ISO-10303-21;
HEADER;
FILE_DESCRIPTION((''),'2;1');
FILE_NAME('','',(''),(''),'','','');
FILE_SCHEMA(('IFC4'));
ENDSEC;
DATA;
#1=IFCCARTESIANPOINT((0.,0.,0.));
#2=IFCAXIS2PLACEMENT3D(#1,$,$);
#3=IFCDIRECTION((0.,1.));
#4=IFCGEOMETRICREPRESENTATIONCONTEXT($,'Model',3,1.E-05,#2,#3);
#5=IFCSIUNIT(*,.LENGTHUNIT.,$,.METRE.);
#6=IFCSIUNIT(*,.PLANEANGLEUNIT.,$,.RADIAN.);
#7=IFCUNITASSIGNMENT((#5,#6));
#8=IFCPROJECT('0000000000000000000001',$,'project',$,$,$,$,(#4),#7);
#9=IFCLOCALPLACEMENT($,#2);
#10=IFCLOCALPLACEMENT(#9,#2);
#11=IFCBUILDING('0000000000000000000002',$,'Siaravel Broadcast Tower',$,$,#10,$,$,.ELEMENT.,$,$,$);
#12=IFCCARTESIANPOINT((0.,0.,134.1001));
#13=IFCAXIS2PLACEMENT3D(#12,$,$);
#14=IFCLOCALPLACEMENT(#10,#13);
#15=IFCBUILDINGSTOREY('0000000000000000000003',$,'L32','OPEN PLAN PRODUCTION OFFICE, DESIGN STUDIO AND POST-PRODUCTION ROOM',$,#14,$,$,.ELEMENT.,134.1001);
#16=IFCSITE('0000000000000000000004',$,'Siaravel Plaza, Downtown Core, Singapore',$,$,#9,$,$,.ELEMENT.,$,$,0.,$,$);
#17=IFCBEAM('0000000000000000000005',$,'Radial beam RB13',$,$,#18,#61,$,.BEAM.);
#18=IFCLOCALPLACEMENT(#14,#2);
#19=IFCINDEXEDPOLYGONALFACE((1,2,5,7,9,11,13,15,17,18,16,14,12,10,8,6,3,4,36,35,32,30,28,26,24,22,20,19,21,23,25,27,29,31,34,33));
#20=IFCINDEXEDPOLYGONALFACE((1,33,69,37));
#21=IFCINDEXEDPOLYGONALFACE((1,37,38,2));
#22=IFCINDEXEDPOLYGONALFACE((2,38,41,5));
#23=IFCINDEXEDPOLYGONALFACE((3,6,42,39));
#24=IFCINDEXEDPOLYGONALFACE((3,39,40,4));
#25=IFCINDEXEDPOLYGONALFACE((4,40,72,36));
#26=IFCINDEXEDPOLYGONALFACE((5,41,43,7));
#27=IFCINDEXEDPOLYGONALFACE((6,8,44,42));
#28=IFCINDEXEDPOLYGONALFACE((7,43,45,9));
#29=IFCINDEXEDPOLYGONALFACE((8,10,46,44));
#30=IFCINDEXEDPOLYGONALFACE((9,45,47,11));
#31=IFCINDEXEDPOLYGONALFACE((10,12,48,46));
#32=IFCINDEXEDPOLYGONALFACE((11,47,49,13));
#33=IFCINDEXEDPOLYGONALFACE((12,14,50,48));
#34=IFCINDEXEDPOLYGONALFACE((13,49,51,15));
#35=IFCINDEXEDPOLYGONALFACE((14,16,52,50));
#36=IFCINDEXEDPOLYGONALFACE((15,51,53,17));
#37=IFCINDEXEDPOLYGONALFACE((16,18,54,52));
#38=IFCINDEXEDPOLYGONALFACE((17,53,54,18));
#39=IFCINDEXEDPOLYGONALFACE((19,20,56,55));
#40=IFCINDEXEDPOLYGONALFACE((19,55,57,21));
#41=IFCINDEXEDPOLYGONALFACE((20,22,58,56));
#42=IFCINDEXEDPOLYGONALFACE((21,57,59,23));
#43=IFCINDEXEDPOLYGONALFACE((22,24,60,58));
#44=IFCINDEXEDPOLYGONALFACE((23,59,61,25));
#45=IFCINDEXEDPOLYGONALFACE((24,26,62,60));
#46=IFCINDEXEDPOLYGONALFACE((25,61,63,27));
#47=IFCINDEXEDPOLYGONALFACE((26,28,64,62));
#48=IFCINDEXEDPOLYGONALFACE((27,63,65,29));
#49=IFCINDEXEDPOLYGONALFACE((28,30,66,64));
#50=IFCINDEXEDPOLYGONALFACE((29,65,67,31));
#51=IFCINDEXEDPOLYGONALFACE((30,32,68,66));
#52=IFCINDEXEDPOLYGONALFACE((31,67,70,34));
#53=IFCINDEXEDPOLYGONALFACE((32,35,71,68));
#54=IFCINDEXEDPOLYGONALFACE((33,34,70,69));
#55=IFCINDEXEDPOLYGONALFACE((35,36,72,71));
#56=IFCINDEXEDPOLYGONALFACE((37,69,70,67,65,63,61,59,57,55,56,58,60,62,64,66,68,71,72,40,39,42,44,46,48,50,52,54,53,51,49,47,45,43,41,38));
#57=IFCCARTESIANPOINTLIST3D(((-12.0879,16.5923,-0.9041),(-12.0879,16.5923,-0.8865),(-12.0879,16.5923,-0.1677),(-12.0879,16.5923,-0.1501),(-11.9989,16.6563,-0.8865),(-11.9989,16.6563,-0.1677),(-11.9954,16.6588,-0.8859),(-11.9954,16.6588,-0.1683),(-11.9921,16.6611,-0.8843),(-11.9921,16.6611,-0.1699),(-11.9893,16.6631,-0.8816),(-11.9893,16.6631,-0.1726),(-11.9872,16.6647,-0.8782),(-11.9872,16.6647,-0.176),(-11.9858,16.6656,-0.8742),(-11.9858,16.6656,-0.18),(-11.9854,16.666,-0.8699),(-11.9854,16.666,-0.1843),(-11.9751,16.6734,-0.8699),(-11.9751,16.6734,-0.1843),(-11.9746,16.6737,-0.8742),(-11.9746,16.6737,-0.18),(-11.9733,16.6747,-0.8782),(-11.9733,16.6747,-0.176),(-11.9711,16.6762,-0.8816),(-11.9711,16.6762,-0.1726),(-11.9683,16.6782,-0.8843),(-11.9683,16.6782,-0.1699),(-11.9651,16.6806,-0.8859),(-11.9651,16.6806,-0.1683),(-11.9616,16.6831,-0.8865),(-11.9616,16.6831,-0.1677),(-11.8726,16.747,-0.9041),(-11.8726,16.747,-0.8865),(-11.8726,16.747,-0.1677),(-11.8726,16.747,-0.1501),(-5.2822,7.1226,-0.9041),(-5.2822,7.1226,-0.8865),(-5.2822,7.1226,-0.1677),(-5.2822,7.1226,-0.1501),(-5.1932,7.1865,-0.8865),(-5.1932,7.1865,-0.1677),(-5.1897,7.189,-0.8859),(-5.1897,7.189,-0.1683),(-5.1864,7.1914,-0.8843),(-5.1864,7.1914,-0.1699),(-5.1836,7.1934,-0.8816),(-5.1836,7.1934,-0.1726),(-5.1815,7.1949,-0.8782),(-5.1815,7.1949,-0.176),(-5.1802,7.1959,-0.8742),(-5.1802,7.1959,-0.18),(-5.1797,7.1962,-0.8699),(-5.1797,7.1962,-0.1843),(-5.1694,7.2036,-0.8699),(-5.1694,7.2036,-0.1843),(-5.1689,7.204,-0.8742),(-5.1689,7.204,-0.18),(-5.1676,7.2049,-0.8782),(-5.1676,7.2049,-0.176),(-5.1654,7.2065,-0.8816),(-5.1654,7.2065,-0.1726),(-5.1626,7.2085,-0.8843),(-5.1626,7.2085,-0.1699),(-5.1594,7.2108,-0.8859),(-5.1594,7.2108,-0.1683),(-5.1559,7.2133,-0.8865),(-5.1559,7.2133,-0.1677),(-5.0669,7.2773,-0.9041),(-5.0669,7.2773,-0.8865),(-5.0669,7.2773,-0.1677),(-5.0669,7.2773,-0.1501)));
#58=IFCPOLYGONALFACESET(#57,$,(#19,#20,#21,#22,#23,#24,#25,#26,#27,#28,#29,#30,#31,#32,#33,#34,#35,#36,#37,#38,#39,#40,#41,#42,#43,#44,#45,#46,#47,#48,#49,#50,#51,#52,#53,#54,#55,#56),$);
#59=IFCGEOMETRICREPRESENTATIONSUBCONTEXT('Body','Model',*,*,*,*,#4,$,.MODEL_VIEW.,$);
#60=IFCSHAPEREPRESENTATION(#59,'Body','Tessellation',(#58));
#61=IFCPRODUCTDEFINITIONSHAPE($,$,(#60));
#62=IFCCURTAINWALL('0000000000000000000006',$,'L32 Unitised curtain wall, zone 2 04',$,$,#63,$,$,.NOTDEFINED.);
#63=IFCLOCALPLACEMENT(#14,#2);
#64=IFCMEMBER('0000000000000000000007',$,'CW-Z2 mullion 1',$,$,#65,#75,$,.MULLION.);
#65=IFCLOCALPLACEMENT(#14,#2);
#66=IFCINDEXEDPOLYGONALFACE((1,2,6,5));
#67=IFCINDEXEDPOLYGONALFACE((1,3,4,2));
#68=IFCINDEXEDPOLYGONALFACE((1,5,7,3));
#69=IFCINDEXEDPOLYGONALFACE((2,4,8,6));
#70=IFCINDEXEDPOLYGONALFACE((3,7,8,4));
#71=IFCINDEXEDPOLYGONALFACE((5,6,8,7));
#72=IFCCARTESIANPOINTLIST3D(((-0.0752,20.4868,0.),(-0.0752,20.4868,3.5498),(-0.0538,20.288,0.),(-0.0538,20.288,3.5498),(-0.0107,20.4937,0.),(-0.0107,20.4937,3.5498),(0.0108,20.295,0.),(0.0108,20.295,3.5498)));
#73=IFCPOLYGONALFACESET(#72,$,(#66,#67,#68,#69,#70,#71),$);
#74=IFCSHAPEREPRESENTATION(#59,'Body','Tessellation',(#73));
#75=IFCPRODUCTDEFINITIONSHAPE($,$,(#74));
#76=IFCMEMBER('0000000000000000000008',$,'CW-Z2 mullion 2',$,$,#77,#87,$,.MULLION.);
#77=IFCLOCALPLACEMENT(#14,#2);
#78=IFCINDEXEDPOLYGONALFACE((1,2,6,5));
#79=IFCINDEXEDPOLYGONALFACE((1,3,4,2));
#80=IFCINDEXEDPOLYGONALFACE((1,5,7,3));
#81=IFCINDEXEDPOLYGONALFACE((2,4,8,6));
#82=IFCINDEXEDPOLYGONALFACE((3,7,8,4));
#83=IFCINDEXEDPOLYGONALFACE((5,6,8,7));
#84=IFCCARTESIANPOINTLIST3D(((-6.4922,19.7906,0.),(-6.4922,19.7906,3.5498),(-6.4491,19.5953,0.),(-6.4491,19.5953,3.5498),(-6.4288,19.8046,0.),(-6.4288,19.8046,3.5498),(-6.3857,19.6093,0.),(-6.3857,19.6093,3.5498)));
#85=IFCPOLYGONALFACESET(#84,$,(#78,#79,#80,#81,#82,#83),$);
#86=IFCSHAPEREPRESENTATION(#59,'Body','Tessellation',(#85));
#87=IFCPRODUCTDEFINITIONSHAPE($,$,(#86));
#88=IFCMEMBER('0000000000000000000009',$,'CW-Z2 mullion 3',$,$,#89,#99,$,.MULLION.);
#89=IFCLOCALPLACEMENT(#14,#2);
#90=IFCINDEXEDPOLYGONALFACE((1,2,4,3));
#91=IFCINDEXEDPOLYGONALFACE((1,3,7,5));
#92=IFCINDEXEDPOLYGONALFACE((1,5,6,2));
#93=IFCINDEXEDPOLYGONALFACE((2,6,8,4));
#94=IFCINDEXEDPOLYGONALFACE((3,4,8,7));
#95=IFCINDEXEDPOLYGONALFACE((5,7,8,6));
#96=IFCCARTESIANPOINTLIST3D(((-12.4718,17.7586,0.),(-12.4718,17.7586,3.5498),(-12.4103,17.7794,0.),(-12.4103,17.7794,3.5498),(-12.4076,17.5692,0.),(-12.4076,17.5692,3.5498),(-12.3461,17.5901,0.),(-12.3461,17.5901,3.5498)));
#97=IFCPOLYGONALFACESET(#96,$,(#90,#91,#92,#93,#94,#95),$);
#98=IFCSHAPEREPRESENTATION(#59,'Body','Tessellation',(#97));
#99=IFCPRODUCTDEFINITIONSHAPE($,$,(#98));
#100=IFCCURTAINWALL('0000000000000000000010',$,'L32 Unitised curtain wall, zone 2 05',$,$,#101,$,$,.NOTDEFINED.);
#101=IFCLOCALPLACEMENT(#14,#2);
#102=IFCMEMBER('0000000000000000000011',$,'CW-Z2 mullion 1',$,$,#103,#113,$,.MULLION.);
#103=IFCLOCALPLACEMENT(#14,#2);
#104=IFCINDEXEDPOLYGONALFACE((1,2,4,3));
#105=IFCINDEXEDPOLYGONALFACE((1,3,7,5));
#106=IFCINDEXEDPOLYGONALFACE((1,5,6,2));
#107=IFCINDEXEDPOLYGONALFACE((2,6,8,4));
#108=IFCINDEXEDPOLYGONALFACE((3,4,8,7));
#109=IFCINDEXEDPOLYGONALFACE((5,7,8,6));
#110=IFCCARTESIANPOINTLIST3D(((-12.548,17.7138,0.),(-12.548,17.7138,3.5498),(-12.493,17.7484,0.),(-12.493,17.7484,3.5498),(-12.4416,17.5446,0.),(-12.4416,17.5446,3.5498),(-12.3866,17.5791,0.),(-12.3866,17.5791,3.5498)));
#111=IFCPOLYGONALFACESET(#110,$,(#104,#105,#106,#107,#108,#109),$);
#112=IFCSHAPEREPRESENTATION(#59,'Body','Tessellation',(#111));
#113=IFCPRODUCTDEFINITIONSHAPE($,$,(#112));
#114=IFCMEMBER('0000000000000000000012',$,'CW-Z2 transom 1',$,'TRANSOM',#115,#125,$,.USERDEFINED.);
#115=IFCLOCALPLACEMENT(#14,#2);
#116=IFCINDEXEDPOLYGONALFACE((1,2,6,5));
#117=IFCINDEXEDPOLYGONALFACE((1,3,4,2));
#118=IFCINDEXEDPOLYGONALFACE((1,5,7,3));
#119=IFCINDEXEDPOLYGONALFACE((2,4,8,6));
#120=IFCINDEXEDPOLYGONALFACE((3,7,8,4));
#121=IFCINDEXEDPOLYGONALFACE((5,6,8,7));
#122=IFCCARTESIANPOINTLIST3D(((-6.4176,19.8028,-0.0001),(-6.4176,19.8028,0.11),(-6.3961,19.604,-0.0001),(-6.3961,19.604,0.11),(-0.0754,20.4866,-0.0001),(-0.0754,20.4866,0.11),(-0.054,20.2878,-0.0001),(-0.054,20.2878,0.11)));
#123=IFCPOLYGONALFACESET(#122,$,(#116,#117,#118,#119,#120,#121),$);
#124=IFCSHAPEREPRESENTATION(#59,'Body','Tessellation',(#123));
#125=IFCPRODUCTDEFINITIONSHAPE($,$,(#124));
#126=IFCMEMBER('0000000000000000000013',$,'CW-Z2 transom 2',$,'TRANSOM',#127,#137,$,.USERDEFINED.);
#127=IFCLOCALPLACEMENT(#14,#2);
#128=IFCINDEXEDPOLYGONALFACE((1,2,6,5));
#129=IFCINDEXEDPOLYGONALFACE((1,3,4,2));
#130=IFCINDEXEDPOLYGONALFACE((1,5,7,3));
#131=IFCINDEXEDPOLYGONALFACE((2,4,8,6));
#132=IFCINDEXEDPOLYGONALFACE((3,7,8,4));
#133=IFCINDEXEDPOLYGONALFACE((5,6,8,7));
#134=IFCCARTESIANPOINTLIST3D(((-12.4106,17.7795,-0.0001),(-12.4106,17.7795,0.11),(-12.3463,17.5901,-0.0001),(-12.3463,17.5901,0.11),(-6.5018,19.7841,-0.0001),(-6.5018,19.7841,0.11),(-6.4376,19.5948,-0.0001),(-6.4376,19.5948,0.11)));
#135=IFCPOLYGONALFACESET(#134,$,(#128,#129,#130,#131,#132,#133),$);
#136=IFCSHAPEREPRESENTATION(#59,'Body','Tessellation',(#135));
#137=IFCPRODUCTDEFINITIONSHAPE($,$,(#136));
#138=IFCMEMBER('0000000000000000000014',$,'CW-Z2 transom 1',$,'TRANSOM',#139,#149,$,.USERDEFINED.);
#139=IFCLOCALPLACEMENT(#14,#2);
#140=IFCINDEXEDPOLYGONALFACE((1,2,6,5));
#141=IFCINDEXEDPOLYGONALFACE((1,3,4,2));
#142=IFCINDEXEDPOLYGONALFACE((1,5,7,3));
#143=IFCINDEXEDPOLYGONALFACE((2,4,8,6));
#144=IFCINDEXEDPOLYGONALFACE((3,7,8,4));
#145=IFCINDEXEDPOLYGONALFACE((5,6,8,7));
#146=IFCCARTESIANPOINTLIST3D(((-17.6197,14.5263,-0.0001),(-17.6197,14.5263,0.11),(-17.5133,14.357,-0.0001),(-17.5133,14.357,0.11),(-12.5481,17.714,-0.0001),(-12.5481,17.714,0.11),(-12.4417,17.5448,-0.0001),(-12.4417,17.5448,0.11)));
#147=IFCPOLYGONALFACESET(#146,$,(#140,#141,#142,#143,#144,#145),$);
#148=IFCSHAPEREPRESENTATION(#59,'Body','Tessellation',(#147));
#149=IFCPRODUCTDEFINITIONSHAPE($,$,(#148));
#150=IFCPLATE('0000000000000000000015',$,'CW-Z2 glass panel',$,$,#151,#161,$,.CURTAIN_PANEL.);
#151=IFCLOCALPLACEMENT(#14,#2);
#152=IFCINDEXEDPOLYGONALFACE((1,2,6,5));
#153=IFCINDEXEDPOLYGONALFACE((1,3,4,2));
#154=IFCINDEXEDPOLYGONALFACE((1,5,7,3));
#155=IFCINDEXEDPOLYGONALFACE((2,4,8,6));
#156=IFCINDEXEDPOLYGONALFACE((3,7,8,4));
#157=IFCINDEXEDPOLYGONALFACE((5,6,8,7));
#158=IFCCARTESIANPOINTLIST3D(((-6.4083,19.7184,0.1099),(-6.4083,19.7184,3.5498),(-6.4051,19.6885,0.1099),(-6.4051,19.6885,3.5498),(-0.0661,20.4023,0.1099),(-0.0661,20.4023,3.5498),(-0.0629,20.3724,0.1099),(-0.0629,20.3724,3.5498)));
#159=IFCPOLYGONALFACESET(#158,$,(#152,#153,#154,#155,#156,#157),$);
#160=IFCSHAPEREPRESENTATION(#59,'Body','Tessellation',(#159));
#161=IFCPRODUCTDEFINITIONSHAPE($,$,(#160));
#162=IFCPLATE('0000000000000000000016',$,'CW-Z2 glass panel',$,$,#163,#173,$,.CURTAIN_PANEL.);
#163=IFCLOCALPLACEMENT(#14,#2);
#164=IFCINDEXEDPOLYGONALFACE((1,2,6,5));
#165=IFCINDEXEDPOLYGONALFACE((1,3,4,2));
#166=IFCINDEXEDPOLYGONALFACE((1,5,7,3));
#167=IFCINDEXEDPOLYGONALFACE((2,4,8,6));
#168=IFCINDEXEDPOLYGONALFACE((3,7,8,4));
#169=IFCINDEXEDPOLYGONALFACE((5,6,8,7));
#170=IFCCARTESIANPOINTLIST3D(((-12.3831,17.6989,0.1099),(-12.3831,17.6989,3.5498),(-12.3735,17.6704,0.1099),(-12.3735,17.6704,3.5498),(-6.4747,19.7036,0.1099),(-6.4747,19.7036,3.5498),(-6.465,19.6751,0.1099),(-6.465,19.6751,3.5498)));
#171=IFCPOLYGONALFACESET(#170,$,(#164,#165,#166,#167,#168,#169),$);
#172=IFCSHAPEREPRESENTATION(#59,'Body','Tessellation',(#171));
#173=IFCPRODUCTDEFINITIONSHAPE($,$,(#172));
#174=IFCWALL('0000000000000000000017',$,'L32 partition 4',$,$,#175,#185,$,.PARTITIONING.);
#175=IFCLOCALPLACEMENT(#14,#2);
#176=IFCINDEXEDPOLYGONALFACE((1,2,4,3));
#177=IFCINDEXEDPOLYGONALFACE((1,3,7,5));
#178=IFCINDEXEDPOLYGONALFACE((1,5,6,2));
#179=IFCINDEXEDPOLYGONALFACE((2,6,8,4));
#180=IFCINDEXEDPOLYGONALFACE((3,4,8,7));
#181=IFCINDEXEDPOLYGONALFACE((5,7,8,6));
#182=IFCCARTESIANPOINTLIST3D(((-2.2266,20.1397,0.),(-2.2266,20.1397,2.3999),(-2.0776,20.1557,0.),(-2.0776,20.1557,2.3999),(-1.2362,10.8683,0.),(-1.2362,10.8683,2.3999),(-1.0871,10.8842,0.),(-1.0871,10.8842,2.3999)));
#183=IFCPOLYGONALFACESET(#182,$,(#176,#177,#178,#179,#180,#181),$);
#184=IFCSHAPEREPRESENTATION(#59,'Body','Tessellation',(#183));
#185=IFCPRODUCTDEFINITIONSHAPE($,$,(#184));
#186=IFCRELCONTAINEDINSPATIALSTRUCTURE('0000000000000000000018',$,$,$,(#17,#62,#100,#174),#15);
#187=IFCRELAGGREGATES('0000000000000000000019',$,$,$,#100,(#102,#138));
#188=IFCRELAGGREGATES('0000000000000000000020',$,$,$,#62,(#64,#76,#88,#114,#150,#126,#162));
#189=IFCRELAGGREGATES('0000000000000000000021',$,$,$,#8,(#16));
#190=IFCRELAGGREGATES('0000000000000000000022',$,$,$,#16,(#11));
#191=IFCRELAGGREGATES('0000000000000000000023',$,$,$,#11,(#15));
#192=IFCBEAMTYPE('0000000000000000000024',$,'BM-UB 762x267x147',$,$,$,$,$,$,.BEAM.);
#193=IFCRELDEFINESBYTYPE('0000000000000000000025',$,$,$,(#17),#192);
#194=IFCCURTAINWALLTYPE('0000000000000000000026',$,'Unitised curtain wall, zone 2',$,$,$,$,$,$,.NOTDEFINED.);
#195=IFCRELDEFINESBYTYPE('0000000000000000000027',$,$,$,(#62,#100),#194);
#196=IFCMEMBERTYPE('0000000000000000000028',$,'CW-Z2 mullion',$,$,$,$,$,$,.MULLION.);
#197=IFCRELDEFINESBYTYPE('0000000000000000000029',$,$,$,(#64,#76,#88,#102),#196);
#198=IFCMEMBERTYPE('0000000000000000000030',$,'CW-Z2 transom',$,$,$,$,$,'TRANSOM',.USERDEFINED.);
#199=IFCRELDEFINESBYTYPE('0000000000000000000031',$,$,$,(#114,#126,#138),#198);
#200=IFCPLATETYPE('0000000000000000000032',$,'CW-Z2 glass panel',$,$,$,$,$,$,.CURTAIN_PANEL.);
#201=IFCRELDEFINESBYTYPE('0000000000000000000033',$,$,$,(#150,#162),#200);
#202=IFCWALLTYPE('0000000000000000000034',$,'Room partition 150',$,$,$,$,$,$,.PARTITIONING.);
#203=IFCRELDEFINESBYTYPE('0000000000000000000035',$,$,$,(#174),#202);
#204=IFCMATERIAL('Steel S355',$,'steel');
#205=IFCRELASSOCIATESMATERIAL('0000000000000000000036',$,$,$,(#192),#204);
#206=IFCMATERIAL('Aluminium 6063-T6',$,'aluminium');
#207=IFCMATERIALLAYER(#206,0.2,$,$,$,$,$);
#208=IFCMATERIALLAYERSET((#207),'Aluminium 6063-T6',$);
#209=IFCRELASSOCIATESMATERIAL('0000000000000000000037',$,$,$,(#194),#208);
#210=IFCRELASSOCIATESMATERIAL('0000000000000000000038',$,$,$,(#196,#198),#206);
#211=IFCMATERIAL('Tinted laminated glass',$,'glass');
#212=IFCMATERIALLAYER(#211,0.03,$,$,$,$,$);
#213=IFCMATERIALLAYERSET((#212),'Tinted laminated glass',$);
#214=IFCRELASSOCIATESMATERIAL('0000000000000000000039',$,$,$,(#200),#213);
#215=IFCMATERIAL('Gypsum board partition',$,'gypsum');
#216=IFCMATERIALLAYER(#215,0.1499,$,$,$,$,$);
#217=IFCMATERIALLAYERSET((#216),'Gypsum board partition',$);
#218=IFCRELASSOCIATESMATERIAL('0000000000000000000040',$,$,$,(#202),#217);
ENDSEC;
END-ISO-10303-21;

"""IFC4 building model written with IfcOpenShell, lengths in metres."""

from ifc_helpers import new_model, si_unit, direction, frame, frame_2d, origin, origin_2d, place, context, subcontext, project, spatial, rectangle, i_section, extrude, material, layer, layer_set, material_profile, profile_set, type_object, element, aggregate, save


model = new_model("IFC4")

# Units and contexts
model_context = context("Model", 3, precision=1e-05, world=origin(), true_north=direction((0.0, 1.0)))
body_context = subcontext(model_context, "Body", "Model", "MODEL_VIEW")
ifc_project = project(units=[si_unit("LENGTHUNIT", "METRE"), si_unit("PLANEANGLEUNIT", "RADIAN")], contexts=[model_context])

# Site, building, storey
site_placement = place(None, origin())
site = spatial("IfcSite", under=ifc_project, at=site_placement, Name="Siaravel Plaza, Downtown Core, Singapore", CompositionType="ELEMENT", RefElevation=0.0)
building_placement = place(site_placement, origin())
building = spatial("IfcBuilding", under=site, at=building_placement, Name="Siaravel Broadcast Tower", CompositionType="ELEMENT")
storey_placement = place(building_placement, frame((0.0, 0.0, 134.1001)))
storey = spatial("IfcBuildingStorey", under=building, at=storey_placement, Name="L32", Description="OPEN PLAN PRODUCTION OFFICE, DESIGN STUDIO AND POST-PRODUCTION ROOM", CompositionType="ELEMENT", Elevation=134.1001)

# Beam
ifc_material_1 = material(Name="Steel S355", Category="steel")
ifc_material_profile_1 = material_profile(ifc_material_1, i_section(OverallWidth=0.2651, OverallDepth=0.7539, WebThickness=0.0127, FlangeThickness=0.0176, FilletRadius=0.0166, at=origin_2d()))
ifc_profile_set_1 = profile_set([ifc_material_profile_1], Name="Steel S355")
beam_type = type_object("IfcBeamType", Name="BM-UB 762x267x147", PredefinedType="BEAM", material=ifc_profile_set_1)
beam_1_placement = place(storey_placement, frame((-11.9802, 16.6697, -0.5271), z_axis=(0.583596, -0.812044, 0.0), x_axis=(0.812044, 0.583596, 0.0)))
element("IfcBeam", 1, at=beam_1_placement, inside=storey, type_object=beam_type, Name="Radial beam RB13", PredefinedType="BEAM", context=body_context, shape_type="SweptSolid", body=[
    extrude(i_section(OverallWidth=0.2651, OverallDepth=0.7539, WebThickness=0.0127, FlangeThickness=0.0176, FilletRadius=0.0166, at=origin_2d()), origin(), (0.0, 0.0, 1.0), 11.6616),
])

# Curtain wall, members
ifc_material_2 = material(Name="Aluminium 6063-T6", Category="aluminium")
ifc_layer_1 = layer(ifc_material_2, 0.2)
ifc_layer_set_1 = layer_set([ifc_layer_1], Name="Aluminium 6063-T6")
curtain_wall_type = type_object("IfcCurtainWallType", Name="Unitised curtain wall, zone 2", PredefinedType="NOTDEFINED", material=ifc_layer_set_1)
curtain_wall_1_placement = place(storey_placement, origin())
curtain_wall_1 = element("IfcCurtainWall", 2, at=curtain_wall_1_placement, inside=storey, type_object=curtain_wall_type, Name="L32 Unitised curtain wall, zone 2 04", PredefinedType="NOTDEFINED")
ifc_material_profile_2 = material_profile(ifc_material_2, rectangle(XDim=0.2, YDim=0.0649, at=origin_2d()))
ifc_profile_set_2 = profile_set([ifc_material_profile_2], Name="Aluminium 6063-T6")
member_type_1 = type_object("IfcMemberType", Name="CW-Z2 mullion", PredefinedType="MULLION", material=ifc_profile_set_2)
member_1_placement = place(storey_placement, frame((-0.0322, 20.3909, 0.0), z_axis=(0.0, 0.0, 1.0), x_axis=(0.107218, -0.994236, 0.0)))
member_1 = element("IfcMember", 3, at=member_1_placement, type_object=member_type_1, Name="CW-Z2 mullion 1", PredefinedType="MULLION", context=body_context, shape_type="SweptSolid", body=[
    extrude(rectangle(XDim=0.2, YDim=0.0649, at=origin_2d()), origin(), (0.0, 0.0, 1.0), 3.5498),
])
member_2_placement = place(storey_placement, frame((-6.439, 19.7, 0.0), z_axis=(0.0, 0.0, 1.0), x_axis=(0.215559, -0.976491, 0.0)))
member_2 = element("IfcMember", 4, at=member_2_placement, type_object=member_type_1, Name="CW-Z2 mullion 2", PredefinedType="MULLION", context=body_context, shape_type="SweptSolid", body=[
    extrude(rectangle(XDim=0.2, YDim=0.0649, at=origin_2d()), origin(), (0.0, 0.0, 1.0), 3.5498),
])
member_3_placement = place(storey_placement, frame((-12.4089, 17.6743, 0.0), z_axis=(0.0, 0.0, 1.0), x_axis=(0.321302, -0.946977, 0.0)))
member_3 = element("IfcMember", 5, at=member_3_placement, type_object=member_type_1, Name="CW-Z2 mullion 3", PredefinedType="MULLION", context=body_context, shape_type="SweptSolid", body=[
    extrude(rectangle(XDim=0.2, YDim=0.0649, at=origin_2d()), origin(), (0.0, 0.0, 1.0), 3.5498),
])

# Curtain wall, member
curtain_wall_2_placement = place(storey_placement, origin())
curtain_wall_2 = element("IfcCurtainWall", 6, at=curtain_wall_2_placement, inside=storey, type_object=curtain_wall_type, Name="L32 Unitised curtain wall, zone 2 05", PredefinedType="NOTDEFINED")
member_4_placement = place(storey_placement, frame((-12.4673, 17.6465, 0.0), z_axis=(0.0, 0.0, 1.0), x_axis=(0.532151, -0.846649, 0.0)))
member_4 = element("IfcMember", 7, at=member_4_placement, type_object=member_type_1, Name="CW-Z2 mullion 1", PredefinedType="MULLION", context=body_context, shape_type="SweptSolid", body=[
    extrude(rectangle(XDim=0.2, YDim=0.0649, at=origin_2d()), origin(), (0.0, 0.0, 1.0), 3.5498),
])

# Members
ifc_material_profile_3 = material_profile(ifc_material_2, rectangle(XDim=0.2, YDim=0.1101, at=origin_2d()))
ifc_profile_set_3 = profile_set([ifc_material_profile_3], Name="Aluminium 6063-T6")
member_type_2 = type_object("IfcMemberType", Name="CW-Z2 transom", ElementType="TRANSOM", PredefinedType="USERDEFINED", material=ifc_profile_set_3)
member_5_placement = place(storey_placement, frame((-0.0647, 20.3872, 0.0549), z_axis=(-0.994237, -0.107205, 0.0), x_axis=(0.107205, -0.994237, 0.0)))
member_5 = element("IfcMember", 8, at=member_5_placement, type_object=member_type_2, Name="CW-Z2 transom 1", ObjectType="TRANSOM", PredefinedType="USERDEFINED", context=body_context, shape_type="SweptSolid", body=[
    extrude(rectangle(XDim=0.2, YDim=0.1101, at=origin_2d()), origin(), (0.0, 0.0, 1.0), 6.3789),
])
member_6_placement = place(storey_placement, frame((-6.4697, 19.6895, 0.0549), z_axis=(-0.946983, -0.321283, 0.0), x_axis=(0.321283, -0.946983, 0.0)))
member_6 = element("IfcMember", 9, at=member_6_placement, type_object=member_type_2, Name="CW-Z2 transom 2", ObjectType="TRANSOM", PredefinedType="USERDEFINED", context=body_context, shape_type="SweptSolid", body=[
    extrude(rectangle(XDim=0.2, YDim=0.1101, at=origin_2d()), origin(), (0.0, 0.0, 1.0), 6.2395),
])
member_7_placement = place(storey_placement, frame((-12.4949, 17.6294, 0.0549), z_axis=(-0.846642, -0.532162, 0.0), x_axis=(0.532162, -0.846642, 0.0)))
member_7 = element("IfcMember", 10, at=member_7_placement, type_object=member_type_2, Name="CW-Z2 transom 1", ObjectType="TRANSOM", PredefinedType="USERDEFINED", context=body_context, shape_type="SweptSolid", body=[
    extrude(rectangle(XDim=0.2, YDim=0.1101, at=origin_2d()), origin(), (0.0, 0.0, 1.0), 5.9902),
])
aggregate(curtain_wall_2, [member_4, member_7])

# Plates
ifc_material_3 = material(Name="Tinted laminated glass", Category="glass")
ifc_layer_2 = layer(ifc_material_3, 0.03)
ifc_layer_set_2 = layer_set([ifc_layer_2], Name="Tinted laminated glass")
plate_type = type_object("IfcPlateType", Name="CW-Z2 glass panel", PredefinedType="CURTAIN_PANEL", material=ifc_layer_set_2)
plate_1_placement = place(storey_placement, frame((-3.2356, 20.0454, 0.1099), z_axis=(0.0, 0.0, 1.0), x_axis=(-0.994236, -0.107218, 0.0)))
plate_1 = element("IfcPlate", 11, at=plate_1_placement, type_object=plate_type, Name="CW-Z2 glass panel", PredefinedType="CURTAIN_PANEL", context=body_context, shape_type="SweptSolid", body=[
    extrude(rectangle(XDim=6.3789, YDim=0.03, at=origin_2d()), origin(), (0.0, 0.0, 1.0), 3.4399),
])
plate_2_placement = place(storey_placement, frame((-9.4241, 18.687, 0.1099), z_axis=(0.0, 0.0, 1.0), x_axis=(-0.946977, -0.321302, 0.0)))
plate_2 = element("IfcPlate", 12, at=plate_2_placement, type_object=plate_type, Name="CW-Z2 glass panel", PredefinedType="CURTAIN_PANEL", context=body_context, shape_type="SweptSolid", body=[
    extrude(rectangle(XDim=6.2393, YDim=0.03, at=origin_2d()), origin(), (0.0, 0.0, 1.0), 3.4399),
])
aggregate(curtain_wall_1, [member_1, member_2, member_3, member_5, plate_1, member_6, plate_2])

# Wall
ifc_material_4 = material(Name="Gypsum board partition", Category="gypsum")
ifc_layer_3 = layer(ifc_material_4, 0.1499)
ifc_layer_set_3 = layer_set([ifc_layer_3], Name="Gypsum board partition")
wall_type = type_object("IfcWallType", Name="Room partition 150", PredefinedType="PARTITIONING", material=ifc_layer_set_3)
wall_placement = place(storey_placement, frame((-2.1521, 20.1477, 0.0), z_axis=(0.0, 0.0, 1.0), x_axis=(0.106226, -0.994342, 0.0)))
element("IfcWall", 13, at=wall_placement, inside=storey, type_object=wall_type, Name="L32 partition 4", PredefinedType="PARTITIONING", context=body_context, shape_type="SweptSolid", body=[
    extrude(rectangle(XDim=9.3242, YDim=0.1499, at=frame_2d((4.6621, 0.0))), origin(), (0.0, 0.0, 1.0), 2.3999),
])

save(model, "model.ifc")
